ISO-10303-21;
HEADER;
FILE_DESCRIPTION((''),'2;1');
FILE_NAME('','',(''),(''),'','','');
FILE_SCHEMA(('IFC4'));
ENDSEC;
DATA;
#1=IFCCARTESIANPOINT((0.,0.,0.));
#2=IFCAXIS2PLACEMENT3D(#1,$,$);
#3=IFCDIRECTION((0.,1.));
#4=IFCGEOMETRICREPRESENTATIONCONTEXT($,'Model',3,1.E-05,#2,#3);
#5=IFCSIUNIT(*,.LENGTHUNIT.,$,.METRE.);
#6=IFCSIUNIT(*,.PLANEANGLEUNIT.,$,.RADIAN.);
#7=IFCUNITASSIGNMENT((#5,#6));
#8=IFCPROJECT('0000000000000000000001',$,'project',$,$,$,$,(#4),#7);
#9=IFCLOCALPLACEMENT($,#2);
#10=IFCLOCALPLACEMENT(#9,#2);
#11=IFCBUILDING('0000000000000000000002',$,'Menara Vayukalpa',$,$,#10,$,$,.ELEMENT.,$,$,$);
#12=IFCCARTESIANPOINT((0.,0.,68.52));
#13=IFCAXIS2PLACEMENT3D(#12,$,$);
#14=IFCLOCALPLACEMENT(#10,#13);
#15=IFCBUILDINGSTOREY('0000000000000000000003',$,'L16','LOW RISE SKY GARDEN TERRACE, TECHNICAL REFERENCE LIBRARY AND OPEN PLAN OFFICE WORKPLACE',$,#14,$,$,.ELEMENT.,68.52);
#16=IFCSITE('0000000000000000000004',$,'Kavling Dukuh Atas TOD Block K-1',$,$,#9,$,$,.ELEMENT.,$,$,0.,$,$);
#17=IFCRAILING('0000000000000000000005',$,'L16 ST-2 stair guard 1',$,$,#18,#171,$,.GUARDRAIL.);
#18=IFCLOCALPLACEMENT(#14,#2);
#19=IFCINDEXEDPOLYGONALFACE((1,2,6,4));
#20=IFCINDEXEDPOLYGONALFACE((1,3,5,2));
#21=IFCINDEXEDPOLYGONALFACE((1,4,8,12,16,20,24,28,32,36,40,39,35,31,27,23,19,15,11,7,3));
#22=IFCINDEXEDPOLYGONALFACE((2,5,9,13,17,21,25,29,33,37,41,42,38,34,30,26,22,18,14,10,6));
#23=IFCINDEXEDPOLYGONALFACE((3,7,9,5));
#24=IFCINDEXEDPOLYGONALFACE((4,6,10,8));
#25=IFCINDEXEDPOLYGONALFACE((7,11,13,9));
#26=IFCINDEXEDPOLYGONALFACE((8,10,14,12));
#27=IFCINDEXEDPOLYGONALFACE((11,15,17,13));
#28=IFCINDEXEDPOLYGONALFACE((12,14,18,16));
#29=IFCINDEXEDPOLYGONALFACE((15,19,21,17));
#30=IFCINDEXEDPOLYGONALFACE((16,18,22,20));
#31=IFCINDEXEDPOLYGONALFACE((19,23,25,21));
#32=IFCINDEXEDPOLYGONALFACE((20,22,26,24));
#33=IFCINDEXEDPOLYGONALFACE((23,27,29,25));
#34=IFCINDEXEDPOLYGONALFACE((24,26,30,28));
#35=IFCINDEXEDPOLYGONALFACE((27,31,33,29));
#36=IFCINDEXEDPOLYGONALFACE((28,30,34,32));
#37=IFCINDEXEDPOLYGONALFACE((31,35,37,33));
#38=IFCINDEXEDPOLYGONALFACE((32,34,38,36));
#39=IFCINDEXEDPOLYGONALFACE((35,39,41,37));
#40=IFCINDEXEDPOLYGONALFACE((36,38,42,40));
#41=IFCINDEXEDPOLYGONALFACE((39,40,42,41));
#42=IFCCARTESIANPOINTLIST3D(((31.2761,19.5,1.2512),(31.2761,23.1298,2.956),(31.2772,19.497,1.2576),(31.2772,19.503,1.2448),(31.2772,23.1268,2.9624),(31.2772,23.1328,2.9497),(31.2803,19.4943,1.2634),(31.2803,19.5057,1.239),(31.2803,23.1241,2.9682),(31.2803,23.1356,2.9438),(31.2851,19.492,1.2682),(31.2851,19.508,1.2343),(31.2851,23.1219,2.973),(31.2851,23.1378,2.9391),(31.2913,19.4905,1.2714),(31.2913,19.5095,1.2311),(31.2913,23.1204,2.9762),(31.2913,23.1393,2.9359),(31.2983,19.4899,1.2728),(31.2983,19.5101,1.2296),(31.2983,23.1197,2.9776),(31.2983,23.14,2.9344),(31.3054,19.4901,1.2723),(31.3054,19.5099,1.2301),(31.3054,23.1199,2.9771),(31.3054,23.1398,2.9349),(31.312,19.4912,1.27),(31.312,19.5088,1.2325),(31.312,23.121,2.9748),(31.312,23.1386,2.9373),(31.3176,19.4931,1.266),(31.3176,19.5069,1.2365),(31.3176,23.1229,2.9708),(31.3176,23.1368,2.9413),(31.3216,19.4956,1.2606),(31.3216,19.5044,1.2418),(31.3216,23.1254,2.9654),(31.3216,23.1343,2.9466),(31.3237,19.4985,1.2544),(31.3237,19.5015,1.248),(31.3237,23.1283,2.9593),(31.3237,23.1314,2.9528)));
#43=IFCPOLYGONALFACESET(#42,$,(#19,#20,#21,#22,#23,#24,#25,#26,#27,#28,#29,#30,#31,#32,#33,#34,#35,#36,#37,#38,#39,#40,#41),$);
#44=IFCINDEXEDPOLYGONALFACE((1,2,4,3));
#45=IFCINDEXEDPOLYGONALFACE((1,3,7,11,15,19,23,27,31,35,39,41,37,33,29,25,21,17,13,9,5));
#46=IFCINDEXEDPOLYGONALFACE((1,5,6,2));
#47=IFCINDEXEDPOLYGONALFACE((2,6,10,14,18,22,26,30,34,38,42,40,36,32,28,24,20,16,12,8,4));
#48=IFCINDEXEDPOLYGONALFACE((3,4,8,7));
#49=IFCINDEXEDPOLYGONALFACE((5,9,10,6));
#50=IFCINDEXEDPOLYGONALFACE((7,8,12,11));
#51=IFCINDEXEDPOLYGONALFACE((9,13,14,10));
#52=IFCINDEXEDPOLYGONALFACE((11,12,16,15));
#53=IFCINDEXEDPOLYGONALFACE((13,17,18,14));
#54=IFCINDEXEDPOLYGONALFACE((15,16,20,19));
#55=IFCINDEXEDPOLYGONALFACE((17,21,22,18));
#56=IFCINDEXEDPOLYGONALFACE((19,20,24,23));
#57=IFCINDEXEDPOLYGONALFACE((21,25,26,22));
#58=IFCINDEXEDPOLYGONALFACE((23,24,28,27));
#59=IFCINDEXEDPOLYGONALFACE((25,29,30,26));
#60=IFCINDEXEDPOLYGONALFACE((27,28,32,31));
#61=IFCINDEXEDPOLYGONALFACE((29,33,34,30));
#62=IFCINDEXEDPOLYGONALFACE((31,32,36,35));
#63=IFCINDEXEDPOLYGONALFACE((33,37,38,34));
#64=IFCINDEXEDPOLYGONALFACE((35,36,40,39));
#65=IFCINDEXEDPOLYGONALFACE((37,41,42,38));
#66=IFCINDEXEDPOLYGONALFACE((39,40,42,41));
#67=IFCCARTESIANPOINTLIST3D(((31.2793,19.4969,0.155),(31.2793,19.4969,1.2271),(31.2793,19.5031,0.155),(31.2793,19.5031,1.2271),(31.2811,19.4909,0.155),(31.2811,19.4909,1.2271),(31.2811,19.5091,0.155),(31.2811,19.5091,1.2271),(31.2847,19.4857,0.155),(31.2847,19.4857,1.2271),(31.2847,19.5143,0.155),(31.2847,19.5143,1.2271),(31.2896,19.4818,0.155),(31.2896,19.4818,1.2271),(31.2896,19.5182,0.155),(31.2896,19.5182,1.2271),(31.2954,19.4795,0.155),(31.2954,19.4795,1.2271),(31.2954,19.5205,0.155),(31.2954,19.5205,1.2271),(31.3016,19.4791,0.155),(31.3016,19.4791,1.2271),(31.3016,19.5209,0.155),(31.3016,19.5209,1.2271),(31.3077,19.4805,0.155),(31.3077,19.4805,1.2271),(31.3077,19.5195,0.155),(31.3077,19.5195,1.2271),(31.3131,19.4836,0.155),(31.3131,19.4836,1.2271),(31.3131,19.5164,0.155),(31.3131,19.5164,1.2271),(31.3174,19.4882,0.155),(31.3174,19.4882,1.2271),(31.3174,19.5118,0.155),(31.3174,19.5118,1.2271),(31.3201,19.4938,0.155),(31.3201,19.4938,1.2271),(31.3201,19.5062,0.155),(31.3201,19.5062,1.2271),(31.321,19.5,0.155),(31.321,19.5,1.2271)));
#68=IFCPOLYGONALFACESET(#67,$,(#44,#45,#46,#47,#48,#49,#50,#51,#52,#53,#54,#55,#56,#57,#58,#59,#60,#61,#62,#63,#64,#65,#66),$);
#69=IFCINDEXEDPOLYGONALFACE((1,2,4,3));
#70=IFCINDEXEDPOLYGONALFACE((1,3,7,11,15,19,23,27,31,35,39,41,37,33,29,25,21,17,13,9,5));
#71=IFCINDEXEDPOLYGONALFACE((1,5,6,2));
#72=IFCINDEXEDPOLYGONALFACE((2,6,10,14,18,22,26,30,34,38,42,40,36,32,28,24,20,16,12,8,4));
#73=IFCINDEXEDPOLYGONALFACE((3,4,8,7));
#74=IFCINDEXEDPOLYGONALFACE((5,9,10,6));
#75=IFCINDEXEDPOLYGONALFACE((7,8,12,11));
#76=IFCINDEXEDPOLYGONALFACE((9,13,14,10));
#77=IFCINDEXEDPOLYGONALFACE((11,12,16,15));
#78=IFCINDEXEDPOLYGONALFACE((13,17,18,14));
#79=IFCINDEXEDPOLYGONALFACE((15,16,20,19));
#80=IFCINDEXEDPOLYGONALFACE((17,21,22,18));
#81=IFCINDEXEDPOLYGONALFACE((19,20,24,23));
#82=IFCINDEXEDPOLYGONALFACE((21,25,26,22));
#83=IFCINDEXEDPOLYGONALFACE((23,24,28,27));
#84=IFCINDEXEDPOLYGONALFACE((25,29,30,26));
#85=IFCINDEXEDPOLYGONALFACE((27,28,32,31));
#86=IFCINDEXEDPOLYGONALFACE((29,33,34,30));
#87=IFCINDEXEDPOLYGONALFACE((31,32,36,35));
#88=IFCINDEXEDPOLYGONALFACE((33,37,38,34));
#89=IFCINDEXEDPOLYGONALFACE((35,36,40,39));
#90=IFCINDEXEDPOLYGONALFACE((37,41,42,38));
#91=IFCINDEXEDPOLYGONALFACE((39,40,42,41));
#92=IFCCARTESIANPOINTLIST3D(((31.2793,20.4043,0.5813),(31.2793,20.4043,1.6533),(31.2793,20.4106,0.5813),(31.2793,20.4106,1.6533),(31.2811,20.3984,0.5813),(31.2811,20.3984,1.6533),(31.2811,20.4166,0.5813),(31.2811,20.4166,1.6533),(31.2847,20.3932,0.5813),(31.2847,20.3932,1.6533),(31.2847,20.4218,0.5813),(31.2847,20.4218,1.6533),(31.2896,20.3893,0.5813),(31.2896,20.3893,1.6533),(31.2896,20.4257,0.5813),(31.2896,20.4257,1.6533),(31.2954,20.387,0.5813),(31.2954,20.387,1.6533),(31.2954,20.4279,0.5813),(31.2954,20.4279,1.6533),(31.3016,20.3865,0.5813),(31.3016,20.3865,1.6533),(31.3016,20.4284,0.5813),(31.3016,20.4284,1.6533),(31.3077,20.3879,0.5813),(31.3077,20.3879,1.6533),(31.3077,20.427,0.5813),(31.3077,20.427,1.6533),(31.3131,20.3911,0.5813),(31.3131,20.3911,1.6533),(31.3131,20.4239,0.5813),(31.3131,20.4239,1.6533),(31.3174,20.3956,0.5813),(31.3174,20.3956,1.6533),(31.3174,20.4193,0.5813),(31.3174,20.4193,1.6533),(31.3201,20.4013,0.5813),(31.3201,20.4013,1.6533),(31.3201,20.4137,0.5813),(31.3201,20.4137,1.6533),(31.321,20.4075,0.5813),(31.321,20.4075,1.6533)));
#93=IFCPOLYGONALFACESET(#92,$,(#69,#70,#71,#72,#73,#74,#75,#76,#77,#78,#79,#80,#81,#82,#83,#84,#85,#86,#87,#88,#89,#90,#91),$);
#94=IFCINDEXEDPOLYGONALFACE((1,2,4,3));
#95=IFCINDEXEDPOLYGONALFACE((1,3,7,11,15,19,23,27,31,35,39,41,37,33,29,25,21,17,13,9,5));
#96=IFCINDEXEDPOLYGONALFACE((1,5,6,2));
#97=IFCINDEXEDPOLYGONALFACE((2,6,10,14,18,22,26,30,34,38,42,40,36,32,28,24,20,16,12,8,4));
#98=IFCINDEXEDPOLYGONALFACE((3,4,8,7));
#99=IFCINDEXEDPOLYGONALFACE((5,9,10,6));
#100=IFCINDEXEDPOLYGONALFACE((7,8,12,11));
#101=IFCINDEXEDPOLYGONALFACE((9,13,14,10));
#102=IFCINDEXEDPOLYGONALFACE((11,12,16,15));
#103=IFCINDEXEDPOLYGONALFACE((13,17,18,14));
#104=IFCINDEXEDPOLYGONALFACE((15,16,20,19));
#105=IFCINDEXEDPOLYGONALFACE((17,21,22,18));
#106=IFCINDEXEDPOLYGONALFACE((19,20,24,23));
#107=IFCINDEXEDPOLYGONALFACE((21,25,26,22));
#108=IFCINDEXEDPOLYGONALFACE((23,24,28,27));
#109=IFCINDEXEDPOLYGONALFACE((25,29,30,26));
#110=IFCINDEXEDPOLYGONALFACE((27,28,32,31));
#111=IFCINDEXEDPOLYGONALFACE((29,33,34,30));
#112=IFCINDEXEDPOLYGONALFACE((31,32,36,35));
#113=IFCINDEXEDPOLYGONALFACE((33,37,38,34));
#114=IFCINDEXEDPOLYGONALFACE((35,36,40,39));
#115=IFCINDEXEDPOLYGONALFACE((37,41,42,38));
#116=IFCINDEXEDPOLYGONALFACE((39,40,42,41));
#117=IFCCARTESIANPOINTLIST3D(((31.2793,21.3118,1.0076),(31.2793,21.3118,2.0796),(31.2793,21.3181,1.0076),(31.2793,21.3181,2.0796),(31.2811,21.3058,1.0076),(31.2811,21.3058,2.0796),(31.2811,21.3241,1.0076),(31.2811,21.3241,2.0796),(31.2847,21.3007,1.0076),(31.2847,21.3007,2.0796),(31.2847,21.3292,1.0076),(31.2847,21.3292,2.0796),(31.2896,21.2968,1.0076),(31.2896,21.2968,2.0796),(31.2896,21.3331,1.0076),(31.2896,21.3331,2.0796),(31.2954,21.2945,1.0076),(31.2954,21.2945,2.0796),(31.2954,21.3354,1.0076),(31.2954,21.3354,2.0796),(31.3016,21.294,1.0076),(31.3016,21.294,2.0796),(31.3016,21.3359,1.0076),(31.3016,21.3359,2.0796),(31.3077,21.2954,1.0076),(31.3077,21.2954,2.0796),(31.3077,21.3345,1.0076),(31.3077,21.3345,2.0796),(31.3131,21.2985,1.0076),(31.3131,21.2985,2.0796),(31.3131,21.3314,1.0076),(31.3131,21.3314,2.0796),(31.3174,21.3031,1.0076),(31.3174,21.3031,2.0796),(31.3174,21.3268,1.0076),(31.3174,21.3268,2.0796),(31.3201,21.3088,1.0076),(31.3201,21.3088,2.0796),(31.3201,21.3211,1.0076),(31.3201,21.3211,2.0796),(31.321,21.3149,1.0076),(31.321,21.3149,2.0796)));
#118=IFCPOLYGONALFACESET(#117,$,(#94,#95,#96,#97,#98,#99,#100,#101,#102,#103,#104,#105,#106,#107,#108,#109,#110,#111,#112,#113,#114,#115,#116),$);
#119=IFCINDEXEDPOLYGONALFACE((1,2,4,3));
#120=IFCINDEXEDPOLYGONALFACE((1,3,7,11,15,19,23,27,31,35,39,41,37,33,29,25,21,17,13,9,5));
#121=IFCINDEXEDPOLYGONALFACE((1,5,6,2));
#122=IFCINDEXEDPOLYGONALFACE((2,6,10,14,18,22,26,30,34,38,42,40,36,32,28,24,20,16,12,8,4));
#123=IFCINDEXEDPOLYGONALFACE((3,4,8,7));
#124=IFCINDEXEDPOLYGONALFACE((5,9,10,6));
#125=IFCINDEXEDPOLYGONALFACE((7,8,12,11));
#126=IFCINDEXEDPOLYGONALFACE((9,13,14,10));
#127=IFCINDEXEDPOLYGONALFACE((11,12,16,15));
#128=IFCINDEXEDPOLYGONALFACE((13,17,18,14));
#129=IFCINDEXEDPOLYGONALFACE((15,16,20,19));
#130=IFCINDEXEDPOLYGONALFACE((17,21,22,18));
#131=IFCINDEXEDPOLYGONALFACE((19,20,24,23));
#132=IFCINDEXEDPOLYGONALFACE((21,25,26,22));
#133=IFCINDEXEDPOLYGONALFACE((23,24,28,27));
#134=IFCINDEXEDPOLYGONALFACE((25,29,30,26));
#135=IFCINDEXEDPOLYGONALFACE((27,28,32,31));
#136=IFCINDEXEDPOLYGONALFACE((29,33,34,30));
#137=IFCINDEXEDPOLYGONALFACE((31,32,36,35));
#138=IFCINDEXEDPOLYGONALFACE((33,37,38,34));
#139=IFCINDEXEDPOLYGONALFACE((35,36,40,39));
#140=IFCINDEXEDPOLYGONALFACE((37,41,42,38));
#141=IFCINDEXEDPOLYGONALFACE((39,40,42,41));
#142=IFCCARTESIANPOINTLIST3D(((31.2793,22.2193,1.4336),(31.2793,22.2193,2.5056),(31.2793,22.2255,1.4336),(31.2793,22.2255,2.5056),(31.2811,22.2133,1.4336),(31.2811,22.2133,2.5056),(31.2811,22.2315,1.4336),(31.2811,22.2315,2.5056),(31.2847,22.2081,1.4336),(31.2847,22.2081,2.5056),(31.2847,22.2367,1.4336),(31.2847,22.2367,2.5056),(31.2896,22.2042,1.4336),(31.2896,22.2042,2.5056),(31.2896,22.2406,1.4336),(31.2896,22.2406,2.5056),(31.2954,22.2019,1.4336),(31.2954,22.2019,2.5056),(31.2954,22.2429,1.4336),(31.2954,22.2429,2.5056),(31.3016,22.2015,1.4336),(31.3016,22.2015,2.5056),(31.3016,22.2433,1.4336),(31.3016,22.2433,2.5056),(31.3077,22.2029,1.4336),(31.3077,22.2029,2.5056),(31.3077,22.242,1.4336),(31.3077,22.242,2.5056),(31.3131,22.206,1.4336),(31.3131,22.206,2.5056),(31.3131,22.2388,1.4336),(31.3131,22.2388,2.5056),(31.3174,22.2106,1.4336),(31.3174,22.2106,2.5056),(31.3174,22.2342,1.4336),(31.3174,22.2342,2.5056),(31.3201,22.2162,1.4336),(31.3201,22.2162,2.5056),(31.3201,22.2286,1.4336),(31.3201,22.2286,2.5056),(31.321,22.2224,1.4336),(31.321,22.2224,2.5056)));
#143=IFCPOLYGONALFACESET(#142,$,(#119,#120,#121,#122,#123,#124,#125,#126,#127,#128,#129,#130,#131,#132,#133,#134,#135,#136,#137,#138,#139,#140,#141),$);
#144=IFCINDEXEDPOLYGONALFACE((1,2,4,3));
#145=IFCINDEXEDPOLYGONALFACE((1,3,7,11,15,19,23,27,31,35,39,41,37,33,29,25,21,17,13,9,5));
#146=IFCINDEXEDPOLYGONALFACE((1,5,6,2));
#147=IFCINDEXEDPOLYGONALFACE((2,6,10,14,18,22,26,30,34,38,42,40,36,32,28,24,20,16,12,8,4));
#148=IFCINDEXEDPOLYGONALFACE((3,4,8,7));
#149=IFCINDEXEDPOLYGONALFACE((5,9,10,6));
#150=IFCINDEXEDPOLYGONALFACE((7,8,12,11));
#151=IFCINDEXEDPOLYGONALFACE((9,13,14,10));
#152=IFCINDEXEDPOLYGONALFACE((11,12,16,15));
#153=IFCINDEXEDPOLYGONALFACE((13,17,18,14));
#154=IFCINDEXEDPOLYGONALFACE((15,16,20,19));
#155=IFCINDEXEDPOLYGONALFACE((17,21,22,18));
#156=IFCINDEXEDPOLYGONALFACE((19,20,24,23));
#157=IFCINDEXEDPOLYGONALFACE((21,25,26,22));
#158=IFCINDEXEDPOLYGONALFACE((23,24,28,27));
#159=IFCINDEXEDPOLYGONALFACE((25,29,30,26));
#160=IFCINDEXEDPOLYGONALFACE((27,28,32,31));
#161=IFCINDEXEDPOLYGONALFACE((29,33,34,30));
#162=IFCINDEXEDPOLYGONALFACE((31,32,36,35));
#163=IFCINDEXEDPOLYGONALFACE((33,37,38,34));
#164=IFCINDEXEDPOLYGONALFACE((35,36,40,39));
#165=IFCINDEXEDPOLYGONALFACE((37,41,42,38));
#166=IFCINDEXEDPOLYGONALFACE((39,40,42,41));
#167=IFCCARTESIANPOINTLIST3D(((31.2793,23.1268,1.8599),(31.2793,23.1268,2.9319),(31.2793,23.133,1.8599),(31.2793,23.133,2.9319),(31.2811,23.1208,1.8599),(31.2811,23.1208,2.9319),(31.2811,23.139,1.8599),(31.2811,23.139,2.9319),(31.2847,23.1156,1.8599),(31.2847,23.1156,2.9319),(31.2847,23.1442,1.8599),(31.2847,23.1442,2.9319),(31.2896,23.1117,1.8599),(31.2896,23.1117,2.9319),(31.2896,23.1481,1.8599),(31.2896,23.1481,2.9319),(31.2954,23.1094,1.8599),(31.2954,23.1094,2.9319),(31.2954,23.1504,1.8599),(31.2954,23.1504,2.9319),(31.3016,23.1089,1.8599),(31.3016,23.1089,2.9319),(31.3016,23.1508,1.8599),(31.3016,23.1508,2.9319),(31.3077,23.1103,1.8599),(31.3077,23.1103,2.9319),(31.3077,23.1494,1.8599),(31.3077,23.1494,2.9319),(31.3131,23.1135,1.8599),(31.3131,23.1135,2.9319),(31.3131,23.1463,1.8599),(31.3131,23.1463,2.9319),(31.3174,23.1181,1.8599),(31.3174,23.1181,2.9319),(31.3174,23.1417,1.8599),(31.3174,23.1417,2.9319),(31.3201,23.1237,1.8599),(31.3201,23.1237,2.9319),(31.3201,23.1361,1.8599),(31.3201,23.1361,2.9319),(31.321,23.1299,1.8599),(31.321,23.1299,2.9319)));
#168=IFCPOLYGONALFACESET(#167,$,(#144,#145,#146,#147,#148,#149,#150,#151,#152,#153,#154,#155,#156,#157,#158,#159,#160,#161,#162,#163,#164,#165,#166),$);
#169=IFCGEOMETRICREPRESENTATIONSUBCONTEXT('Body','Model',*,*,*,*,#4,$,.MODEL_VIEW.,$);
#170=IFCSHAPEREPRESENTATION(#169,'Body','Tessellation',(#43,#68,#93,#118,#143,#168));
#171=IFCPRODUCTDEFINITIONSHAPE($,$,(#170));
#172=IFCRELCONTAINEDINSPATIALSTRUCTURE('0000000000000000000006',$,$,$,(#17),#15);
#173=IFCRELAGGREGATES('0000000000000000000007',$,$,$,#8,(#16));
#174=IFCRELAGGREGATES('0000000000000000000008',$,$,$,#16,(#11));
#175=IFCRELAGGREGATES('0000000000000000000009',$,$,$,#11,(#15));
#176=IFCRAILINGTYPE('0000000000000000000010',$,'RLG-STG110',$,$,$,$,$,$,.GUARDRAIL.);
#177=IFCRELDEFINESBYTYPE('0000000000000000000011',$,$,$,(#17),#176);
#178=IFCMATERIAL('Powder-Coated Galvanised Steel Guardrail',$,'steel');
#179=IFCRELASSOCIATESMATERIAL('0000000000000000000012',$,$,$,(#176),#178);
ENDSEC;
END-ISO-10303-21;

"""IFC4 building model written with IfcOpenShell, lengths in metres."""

from ifc_helpers import new_model, si_unit, direction, frame, origin, origin_2d, place, context, subcontext, project, spatial, circle, extrude, material, type_object, element, save


model = new_model("IFC4")

# Units and contexts
model_context = context("Model", 3, precision=1e-05, world=origin(), true_north=direction((0.0, 1.0)))
body_context = subcontext(model_context, "Body", "Model", "MODEL_VIEW")
ifc_project = project(units=[si_unit("LENGTHUNIT", "METRE"), si_unit("PLANEANGLEUNIT", "RADIAN")], contexts=[model_context])

# Site, building, storey
site_placement = place(None, origin())
site = spatial("IfcSite", under=ifc_project, at=site_placement, Name="Kavling Dukuh Atas TOD Block K-1", CompositionType="ELEMENT", RefElevation=0.0)
building_placement = place(site_placement, origin())
building = spatial("IfcBuilding", under=site, at=building_placement, Name="Menara Vayukalpa", CompositionType="ELEMENT")
storey_placement = place(building_placement, frame((0.0, 0.0, 68.52)))
storey = spatial("IfcBuildingStorey", under=building, at=storey_placement, Name="L16", Description="LOW RISE SKY GARDEN TERRACE, TECHNICAL REFERENCE LIBRARY AND OPEN PLAN OFFICE WORKPLACE", CompositionType="ELEMENT", Elevation=68.52)

# Railing
ifc_material_1 = material(Name="Powder-Coated Galvanised Steel Guardrail", Category="steel")
railing_type = type_object("IfcRailingType", Name="RLG-STG110", PredefinedType="GUARDRAIL", material=ifc_material_1)
railing_placement = place(storey_placement, frame((31.3, 19.5, 0.155)))
element("IfcRailing", 1, at=railing_placement, inside=storey, type_object=railing_type, Name="L16 ST-2 stair guard 1", PredefinedType="GUARDRAIL", context=body_context, shape_type="SweptSolid", body=[
    extrude(circle(Radius=0.0239, at=origin_2d()), frame((0.0, 0.0, 1.0962), z_axis=(0.0, 0.90514, 0.425114), x_axis=(-1.0, 0.0, 0.0)), (0.0, 0.0, 1.0), 4.0103),
    extrude(circle(Radius=0.021, at=origin_2d()), origin(), (0.0, 0.0, 1.0), 1.072),
    extrude(circle(Radius=0.021, at=origin_2d()), frame((0.0, 0.9075, 0.4263)), (0.0, 0.0, 1.0), 1.072),
    extrude(circle(Radius=0.021, at=origin_2d()), frame((0.0, 1.8149, 0.8525)), (0.0, 0.0, 1.0), 1.072),
    extrude(circle(Radius=0.021, at=origin_2d()), frame((0.0, 2.7224, 1.2786)), (0.0, 0.0, 1.0), 1.072),
    extrude(circle(Radius=0.021, at=origin_2d()), frame((0.0, 3.6299, 1.7048)), (0.0, 0.0, 1.0), 1.072),
])

save(model, "model.ifc")
